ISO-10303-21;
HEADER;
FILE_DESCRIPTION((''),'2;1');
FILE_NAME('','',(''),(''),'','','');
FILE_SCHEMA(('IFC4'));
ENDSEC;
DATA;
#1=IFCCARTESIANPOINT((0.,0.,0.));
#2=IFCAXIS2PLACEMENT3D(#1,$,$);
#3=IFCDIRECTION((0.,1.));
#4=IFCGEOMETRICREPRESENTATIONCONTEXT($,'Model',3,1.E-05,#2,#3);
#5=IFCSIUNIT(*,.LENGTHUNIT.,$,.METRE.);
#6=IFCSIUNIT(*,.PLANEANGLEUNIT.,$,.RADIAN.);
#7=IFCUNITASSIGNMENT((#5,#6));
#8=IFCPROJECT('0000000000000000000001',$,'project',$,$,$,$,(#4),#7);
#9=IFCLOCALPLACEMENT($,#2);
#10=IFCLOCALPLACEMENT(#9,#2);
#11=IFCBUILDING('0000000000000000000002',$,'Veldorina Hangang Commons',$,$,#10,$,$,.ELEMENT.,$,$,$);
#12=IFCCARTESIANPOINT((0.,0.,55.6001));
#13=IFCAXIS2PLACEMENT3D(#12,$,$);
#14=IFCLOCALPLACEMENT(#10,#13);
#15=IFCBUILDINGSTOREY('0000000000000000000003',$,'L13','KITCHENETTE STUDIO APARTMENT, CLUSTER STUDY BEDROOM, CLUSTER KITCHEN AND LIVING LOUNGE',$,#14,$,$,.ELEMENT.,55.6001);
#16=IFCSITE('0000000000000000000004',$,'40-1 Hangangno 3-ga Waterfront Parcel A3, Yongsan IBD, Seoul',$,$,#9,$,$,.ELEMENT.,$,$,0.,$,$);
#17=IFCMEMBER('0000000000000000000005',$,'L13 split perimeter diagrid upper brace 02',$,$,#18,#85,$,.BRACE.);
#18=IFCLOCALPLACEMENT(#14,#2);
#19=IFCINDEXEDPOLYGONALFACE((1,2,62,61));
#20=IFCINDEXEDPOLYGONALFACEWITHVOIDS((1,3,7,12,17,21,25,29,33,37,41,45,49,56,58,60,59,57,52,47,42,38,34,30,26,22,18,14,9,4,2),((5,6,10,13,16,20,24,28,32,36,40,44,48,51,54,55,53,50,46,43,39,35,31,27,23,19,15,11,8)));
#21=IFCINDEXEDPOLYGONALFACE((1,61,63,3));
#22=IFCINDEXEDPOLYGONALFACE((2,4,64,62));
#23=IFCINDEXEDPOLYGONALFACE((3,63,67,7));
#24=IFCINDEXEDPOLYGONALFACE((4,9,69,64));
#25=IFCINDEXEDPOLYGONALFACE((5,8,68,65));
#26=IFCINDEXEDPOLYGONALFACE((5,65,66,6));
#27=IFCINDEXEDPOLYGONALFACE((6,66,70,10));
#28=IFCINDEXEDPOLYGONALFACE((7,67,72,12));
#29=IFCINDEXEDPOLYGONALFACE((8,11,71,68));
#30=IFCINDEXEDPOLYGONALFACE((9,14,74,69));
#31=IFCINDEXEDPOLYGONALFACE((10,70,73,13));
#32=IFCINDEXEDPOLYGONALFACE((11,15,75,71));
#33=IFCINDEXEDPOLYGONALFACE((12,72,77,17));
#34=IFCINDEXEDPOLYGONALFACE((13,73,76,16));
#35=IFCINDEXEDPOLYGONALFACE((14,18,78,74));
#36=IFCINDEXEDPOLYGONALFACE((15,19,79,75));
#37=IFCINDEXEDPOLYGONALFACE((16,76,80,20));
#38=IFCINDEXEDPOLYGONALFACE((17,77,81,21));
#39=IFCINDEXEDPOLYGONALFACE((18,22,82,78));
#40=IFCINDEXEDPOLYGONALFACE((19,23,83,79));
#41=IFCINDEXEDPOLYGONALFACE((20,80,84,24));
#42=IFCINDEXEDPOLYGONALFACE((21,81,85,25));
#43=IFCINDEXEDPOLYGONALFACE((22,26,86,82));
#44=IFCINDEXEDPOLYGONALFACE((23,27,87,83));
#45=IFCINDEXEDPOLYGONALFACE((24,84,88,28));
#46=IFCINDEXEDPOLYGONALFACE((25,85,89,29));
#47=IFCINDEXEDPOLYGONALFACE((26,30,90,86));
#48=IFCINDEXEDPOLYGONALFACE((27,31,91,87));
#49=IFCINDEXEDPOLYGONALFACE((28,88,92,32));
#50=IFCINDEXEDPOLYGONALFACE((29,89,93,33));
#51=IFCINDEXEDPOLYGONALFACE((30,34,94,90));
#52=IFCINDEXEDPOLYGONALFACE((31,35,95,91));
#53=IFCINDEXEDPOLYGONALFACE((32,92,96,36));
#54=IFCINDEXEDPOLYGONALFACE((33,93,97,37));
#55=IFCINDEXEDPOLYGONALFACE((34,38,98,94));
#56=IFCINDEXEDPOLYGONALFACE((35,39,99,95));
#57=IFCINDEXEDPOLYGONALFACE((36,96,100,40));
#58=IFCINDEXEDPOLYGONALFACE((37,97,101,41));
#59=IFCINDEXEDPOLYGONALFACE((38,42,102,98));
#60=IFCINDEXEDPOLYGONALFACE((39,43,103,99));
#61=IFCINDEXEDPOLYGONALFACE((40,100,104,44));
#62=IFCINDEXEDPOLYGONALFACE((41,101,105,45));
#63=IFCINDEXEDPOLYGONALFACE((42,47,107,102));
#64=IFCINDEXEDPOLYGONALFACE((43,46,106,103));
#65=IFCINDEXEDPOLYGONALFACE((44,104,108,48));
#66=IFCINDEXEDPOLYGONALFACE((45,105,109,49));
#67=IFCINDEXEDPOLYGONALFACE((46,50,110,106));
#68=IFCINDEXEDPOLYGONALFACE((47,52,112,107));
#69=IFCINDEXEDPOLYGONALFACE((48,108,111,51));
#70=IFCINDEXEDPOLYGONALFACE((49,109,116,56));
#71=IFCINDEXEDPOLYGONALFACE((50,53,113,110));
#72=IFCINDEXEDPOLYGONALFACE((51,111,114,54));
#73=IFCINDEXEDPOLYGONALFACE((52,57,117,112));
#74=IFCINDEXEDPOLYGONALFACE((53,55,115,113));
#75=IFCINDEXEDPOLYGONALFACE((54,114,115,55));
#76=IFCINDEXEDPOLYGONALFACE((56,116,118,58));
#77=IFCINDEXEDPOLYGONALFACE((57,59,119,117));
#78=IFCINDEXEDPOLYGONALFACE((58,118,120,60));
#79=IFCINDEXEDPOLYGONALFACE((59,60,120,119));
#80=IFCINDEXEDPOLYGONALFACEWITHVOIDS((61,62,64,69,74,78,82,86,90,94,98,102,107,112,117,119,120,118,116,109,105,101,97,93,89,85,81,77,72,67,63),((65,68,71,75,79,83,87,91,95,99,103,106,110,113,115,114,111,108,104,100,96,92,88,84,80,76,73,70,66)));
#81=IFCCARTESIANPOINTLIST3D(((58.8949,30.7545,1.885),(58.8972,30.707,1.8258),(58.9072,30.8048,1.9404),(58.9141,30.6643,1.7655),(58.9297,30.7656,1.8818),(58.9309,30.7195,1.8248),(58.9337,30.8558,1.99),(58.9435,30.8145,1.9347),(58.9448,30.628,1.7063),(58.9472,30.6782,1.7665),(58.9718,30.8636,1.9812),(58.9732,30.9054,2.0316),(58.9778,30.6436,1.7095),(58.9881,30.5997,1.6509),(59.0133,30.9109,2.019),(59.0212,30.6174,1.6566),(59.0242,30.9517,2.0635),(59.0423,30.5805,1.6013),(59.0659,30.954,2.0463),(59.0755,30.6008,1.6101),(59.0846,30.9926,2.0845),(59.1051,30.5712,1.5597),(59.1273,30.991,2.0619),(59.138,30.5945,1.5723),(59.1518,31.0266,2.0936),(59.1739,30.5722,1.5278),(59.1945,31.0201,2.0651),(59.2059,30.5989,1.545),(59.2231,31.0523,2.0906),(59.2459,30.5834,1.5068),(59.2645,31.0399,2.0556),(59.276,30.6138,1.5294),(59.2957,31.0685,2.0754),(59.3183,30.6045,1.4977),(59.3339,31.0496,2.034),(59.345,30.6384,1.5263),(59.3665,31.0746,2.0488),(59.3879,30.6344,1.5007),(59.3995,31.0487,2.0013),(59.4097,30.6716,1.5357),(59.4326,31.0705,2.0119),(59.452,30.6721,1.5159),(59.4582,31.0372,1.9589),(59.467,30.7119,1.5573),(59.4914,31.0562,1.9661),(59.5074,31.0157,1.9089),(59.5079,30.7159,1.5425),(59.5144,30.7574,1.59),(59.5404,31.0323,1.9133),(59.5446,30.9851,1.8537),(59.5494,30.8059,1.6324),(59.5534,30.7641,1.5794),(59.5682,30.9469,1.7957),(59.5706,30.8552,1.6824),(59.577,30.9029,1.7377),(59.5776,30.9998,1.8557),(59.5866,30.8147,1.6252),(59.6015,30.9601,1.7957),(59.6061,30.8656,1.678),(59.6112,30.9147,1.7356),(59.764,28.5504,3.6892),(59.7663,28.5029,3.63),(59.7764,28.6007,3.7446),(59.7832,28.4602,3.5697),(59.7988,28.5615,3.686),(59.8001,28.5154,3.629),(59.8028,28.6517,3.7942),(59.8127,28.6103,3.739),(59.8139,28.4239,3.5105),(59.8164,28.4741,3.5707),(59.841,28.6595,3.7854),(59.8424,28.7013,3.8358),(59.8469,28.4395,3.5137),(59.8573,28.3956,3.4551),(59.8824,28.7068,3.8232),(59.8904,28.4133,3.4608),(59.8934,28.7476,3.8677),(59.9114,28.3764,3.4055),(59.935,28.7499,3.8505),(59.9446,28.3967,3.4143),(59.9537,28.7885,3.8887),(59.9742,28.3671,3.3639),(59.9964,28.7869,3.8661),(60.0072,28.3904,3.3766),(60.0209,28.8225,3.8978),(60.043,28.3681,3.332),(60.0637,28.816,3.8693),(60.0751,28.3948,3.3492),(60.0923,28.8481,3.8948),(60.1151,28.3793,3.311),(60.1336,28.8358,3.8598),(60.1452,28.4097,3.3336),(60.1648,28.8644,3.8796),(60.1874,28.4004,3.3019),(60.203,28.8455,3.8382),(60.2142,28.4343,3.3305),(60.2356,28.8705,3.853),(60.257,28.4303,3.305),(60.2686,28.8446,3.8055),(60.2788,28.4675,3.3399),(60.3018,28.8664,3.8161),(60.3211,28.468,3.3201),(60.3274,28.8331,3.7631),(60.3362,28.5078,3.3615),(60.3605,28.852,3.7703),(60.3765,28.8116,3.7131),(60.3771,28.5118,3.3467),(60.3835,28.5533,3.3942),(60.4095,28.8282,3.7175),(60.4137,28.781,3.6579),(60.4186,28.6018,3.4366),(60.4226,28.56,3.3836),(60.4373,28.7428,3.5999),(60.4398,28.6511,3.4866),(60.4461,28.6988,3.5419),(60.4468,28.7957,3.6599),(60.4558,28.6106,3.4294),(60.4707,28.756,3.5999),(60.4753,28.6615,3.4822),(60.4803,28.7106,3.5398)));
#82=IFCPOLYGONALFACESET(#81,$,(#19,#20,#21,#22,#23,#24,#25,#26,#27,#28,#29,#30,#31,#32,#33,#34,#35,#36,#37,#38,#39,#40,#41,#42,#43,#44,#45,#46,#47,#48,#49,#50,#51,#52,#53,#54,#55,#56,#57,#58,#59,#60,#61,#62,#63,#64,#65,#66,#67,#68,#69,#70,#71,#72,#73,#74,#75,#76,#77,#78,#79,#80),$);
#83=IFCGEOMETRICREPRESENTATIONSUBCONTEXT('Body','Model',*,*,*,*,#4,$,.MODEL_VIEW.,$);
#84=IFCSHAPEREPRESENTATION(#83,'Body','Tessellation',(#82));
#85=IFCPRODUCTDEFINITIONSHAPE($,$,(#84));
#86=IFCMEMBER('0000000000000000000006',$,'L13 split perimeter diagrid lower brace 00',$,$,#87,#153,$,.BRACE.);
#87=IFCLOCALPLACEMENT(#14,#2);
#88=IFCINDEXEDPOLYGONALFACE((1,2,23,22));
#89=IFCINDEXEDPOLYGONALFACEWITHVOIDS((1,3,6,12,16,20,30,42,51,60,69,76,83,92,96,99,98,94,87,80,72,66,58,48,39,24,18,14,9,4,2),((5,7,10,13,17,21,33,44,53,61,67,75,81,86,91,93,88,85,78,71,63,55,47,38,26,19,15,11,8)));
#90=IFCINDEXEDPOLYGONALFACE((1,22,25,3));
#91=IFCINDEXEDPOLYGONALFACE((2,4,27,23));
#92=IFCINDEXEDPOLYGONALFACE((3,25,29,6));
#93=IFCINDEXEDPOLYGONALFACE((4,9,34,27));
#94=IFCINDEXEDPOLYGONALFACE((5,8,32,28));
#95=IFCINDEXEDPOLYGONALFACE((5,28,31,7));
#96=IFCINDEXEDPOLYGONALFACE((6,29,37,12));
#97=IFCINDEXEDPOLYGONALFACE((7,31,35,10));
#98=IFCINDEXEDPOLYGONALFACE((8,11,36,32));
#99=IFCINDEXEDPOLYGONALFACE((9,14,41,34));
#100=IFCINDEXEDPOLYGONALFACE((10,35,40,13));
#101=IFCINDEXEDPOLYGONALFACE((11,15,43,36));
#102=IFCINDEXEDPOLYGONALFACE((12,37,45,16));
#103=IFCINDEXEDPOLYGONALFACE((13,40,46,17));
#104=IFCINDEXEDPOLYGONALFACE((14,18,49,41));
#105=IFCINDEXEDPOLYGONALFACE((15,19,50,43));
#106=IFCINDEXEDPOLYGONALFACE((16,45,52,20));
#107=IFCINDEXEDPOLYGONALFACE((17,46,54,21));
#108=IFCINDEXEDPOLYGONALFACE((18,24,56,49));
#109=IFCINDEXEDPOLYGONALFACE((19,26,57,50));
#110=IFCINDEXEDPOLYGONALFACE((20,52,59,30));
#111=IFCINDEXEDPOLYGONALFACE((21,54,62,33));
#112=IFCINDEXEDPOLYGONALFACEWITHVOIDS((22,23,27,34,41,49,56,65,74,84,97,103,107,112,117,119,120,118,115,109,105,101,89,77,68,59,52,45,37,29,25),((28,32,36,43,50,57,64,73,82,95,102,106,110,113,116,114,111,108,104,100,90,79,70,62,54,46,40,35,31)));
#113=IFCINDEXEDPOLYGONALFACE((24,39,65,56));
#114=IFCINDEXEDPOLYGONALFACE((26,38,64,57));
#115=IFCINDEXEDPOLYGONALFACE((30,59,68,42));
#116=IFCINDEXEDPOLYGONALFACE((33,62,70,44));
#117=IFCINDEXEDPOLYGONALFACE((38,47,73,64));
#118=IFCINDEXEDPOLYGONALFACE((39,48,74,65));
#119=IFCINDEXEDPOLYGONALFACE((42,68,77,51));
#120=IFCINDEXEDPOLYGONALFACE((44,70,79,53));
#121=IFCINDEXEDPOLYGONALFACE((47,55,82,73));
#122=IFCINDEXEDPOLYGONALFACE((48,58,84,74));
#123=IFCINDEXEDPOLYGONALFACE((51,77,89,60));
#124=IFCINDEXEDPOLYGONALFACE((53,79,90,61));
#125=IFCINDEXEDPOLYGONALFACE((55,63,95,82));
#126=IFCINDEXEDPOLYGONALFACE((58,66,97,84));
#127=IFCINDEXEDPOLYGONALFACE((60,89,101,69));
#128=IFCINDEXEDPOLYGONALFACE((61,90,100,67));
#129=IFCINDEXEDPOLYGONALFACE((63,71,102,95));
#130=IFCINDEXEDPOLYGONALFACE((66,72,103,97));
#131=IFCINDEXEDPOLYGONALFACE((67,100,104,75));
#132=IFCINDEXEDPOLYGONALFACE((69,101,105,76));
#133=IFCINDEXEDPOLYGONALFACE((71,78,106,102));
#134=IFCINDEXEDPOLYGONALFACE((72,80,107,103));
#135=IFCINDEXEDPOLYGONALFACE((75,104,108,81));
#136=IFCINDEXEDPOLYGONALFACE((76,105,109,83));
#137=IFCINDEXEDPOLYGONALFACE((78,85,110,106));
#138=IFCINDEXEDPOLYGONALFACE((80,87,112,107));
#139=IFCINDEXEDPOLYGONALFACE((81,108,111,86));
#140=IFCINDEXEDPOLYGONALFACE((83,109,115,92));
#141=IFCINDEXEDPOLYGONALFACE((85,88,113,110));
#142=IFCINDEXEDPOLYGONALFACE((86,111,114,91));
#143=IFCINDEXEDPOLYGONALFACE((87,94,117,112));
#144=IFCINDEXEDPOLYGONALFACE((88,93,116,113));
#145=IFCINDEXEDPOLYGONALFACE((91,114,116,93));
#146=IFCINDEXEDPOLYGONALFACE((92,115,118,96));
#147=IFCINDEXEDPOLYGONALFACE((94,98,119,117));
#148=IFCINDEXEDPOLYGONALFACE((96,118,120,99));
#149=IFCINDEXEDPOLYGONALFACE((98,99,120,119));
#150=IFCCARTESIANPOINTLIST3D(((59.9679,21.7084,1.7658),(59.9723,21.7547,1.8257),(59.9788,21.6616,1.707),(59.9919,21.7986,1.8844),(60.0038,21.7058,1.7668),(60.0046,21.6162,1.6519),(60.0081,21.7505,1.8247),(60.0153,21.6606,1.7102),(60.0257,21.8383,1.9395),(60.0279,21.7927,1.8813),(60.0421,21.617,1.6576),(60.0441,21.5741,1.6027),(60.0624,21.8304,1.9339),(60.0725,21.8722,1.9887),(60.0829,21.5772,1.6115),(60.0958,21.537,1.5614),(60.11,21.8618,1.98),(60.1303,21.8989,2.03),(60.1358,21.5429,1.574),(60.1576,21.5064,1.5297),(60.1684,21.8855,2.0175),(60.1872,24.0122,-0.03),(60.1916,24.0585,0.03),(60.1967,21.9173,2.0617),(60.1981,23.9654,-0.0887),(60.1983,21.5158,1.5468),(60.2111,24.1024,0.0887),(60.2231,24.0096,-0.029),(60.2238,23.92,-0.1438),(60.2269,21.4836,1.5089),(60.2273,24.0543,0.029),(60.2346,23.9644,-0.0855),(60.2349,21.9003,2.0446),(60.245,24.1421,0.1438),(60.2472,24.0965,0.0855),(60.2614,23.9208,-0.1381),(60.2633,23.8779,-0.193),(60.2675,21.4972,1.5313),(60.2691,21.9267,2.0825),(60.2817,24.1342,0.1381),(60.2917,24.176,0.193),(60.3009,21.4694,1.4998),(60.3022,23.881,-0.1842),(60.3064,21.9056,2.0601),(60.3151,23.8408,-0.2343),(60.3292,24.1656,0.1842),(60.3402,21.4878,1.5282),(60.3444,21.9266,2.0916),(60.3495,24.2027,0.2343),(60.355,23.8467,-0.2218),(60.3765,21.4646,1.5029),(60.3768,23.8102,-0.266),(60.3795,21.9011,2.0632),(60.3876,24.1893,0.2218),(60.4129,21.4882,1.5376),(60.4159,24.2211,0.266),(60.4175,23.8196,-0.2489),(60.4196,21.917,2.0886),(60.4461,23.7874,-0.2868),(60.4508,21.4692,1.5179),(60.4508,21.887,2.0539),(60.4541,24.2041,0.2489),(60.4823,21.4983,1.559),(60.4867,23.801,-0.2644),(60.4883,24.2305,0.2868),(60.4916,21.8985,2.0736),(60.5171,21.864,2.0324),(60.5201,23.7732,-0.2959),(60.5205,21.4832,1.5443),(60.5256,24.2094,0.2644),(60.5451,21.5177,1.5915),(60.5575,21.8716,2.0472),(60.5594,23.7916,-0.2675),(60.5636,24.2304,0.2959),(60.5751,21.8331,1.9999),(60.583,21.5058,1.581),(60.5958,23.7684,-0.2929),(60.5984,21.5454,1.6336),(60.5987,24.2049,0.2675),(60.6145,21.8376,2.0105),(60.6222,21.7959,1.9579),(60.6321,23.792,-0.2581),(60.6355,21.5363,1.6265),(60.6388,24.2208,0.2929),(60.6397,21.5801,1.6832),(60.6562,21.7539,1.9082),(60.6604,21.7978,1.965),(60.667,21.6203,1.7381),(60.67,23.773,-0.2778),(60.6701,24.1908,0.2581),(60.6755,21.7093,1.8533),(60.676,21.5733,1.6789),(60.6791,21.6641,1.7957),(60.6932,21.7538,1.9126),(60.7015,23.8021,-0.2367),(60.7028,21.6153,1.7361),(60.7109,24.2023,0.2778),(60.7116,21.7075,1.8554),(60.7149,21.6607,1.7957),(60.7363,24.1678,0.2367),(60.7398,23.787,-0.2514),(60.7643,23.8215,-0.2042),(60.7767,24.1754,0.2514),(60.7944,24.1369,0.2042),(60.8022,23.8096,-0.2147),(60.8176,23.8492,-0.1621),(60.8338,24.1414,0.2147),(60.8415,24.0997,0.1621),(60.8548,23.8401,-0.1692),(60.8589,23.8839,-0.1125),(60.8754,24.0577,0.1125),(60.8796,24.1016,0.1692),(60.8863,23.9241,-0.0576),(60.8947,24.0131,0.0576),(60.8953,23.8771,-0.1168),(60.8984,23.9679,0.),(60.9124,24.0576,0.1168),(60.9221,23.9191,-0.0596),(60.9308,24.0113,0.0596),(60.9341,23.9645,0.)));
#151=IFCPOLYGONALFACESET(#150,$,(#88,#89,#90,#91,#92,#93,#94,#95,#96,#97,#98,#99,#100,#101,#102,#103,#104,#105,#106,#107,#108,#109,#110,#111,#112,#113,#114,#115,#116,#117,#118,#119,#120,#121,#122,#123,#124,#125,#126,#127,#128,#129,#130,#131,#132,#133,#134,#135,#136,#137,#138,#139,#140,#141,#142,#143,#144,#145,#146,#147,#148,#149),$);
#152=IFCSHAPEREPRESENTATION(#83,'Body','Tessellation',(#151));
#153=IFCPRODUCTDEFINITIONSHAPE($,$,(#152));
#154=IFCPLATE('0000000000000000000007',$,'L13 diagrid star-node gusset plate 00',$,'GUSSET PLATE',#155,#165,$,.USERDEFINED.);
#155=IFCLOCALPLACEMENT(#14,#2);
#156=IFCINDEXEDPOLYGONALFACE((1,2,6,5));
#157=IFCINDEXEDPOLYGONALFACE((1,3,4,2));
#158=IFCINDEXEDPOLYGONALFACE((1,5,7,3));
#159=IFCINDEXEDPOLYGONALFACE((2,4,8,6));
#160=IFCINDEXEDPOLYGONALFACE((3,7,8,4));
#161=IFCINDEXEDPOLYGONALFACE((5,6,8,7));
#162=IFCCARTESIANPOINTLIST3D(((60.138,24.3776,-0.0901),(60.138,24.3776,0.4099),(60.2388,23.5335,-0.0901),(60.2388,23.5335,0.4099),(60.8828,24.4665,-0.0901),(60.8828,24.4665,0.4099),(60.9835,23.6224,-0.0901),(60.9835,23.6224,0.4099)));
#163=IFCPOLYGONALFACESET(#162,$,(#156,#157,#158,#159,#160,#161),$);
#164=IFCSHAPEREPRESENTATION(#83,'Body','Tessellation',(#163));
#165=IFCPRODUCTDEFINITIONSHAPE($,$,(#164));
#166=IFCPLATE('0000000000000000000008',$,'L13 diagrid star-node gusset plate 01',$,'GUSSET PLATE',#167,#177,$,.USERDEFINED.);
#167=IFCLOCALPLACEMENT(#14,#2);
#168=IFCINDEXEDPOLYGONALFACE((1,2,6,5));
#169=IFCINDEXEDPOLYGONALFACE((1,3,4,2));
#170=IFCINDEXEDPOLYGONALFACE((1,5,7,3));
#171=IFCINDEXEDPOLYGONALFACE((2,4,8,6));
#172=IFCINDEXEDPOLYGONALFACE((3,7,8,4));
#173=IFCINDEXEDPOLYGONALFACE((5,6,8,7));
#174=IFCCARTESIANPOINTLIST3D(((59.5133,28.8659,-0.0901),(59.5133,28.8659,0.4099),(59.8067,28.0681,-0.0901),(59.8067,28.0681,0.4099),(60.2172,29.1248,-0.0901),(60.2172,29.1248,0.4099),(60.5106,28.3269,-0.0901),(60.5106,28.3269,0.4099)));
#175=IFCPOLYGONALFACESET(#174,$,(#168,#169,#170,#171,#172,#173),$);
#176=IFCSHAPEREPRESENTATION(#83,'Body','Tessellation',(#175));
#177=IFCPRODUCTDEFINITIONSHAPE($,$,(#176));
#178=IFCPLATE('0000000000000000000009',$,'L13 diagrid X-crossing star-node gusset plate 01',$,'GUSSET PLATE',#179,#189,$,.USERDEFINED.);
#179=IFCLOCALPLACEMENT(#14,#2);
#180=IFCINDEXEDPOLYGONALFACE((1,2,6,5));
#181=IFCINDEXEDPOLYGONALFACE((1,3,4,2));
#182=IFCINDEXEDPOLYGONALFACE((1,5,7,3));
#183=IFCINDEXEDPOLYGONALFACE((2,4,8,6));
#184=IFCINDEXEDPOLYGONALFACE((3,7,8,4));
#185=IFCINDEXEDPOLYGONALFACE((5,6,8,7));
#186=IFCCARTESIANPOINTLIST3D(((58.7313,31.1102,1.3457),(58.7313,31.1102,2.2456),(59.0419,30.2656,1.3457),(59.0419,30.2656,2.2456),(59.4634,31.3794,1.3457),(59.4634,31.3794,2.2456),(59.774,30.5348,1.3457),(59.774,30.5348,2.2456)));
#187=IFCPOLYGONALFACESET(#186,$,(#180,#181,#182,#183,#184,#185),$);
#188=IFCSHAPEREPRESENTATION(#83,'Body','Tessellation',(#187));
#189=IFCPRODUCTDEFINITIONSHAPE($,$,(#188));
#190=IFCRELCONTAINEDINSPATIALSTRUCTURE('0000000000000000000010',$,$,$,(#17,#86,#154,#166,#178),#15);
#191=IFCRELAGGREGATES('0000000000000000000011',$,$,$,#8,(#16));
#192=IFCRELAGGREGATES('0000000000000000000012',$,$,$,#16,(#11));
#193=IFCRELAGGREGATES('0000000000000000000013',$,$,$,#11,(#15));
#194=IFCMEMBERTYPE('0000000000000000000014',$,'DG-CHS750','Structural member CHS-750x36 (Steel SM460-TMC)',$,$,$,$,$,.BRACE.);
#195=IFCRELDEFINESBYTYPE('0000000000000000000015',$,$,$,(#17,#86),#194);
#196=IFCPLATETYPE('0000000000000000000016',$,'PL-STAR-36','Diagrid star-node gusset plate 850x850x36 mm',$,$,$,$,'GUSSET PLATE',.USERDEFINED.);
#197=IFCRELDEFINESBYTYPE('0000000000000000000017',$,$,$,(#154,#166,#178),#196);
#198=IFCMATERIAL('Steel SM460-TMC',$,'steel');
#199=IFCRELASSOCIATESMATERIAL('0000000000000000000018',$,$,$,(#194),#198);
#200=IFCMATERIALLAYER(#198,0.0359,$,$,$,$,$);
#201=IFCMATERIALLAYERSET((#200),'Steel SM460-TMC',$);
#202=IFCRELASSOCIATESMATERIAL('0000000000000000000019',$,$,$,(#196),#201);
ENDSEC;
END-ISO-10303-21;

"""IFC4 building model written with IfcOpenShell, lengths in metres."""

from ifc_helpers import new_model, si_unit, direction, frame, origin, origin_2d, place, context, subcontext, project, spatial, rectangle, hollow_circle, extrude, material, layer, layer_set, material_profile, profile_set, type_object, element, save


model = new_model("IFC4")

# Units and contexts
model_context = context("Model", 3, precision=1e-05, world=origin(), true_north=direction((0.0, 1.0)))
body_context = subcontext(model_context, "Body", "Model", "MODEL_VIEW")
ifc_project = project(units=[si_unit("LENGTHUNIT", "METRE"), si_unit("PLANEANGLEUNIT", "RADIAN")], contexts=[model_context])

# Site, building, storey
site_placement = place(None, origin())
site = spatial("IfcSite", under=ifc_project, at=site_placement, Name="40-1 Hangangno 3-ga Waterfront Parcel A3, Yongsan IBD, Seoul", CompositionType="ELEMENT", RefElevation=0.0)
building_placement = place(site_placement, origin())
building = spatial("IfcBuilding", under=site, at=building_placement, Name="Veldorina Hangang Commons", CompositionType="ELEMENT")
storey_placement = place(building_placement, frame((0.0, 0.0, 55.6001)))
storey = spatial("IfcBuildingStorey", under=building, at=storey_placement, Name="L13", Description="KITCHENETTE STUDIO APARTMENT, CLUSTER STUDY BEDROOM, CLUSTER KITCHEN AND LIVING LOUNGE", CompositionType="ELEMENT", Elevation=55.6001)

# Shared definitions
ifc_material_1 = material(Name="Steel SM460-TMC", Category="steel")

# Members
ifc_material_profile_1 = material_profile(ifc_material_1, hollow_circle(Radius=0.375, WallThickness=0.0359, at=origin_2d()), Name="CHS-750x36")
ifc_profile_set_1 = profile_set([ifc_material_profile_1], Name="Steel SM460-TMC")
member_type = type_object("IfcMemberType", Name="DG-CHS750", Description="Structural member CHS-750x36 (Steel SM460-TMC)", PredefinedType="BRACE", material=ifc_profile_set_1)
member_1_placement = place(storey_placement, frame((59.2527, 30.8225, 1.7957), z_axis=(0.291852, -0.740123, 0.605838), x_axis=(0.930285, 0.366838, 0.0)))
element("IfcMember", 1, at=member_1_placement, inside=storey, type_object=member_type, Name="L13 split perimeter diagrid upper brace 02", PredefinedType="BRACE", context=body_context, shape_type="SweptSolid", body=[
    extrude(hollow_circle(Radius=0.375, WallThickness=0.0359, at=origin_2d()), origin(), (0.0, 0.0, 1.0), 2.978),
])
member_2_placement = place(storey_placement, frame((60.5608, 24.0, 0.0), z_axis=(-0.074849, -0.786496, 0.613043), x_axis=(0.995502, -0.094739, 0.0)))
element("IfcMember", 2, at=member_2_placement, inside=storey, type_object=member_type, Name="L13 split perimeter diagrid lower brace 00", PredefinedType="BRACE", context=body_context, shape_type="SweptSolid", body=[
    extrude(hollow_circle(Radius=0.375, WallThickness=0.0359, at=origin_2d()), origin(), (0.0, 0.0, 1.0), 2.9292),
])

# Plates
ifc_layer_1 = layer(ifc_material_1, 0.0359)
ifc_layer_set_1 = layer_set([ifc_layer_1], Name="Steel SM460-TMC")
plate_type = type_object("IfcPlateType", Name="PL-STAR-36", Description="Diagrid star-node gusset plate 850x850x36 mm", ElementType="GUSSET PLATE", PredefinedType="USERDEFINED", material=ifc_layer_set_1)
for number, where, z_axis, x_axis, name in (
    (3, (60.5608, 24.0, -0.0901), (0.0, 0.0, 1.0), (-0.11856, 0.992947, 0.0), "L13 diagrid star-node gusset plate 00"),
    (4, (60.012, 28.5964, -0.0901), (0.0, 0.0, 1.0), (-0.345134, 0.938553, 0.0), "L13 diagrid star-node gusset plate 01"),
):
    element("IfcPlate", number, at=place(storey_placement, frame(where, z_axis=z_axis, x_axis=x_axis)), inside=storey, type_object=plate_type, Name=name, ObjectType="GUSSET PLATE", PredefinedType="USERDEFINED", context=body_context, shape_type="SweptSolid", body=[
        extrude(rectangle(XDim=0.8501, YDim=0.75, at=origin_2d()), origin(), (0.0, 0.0, 1.0), 0.5),
    ])
plate_placement = place(storey_placement, frame((59.2527, 30.8225, 1.3457), z_axis=(0.0, 0.0, 1.0), x_axis=(-0.345134, 0.938553, 0.0)))
element("IfcPlate", 5, at=plate_placement, inside=storey, type_object=plate_type, Name="L13 diagrid X-crossing star-node gusset plate 01", ObjectType="GUSSET PLATE", PredefinedType="USERDEFINED", context=body_context, shape_type="SweptSolid", body=[
    extrude(rectangle(XDim=0.8999, YDim=0.78, at=origin_2d()), origin(), (0.0, 0.0, 1.0), 0.8999),
])

save(model, "model.ifc")
